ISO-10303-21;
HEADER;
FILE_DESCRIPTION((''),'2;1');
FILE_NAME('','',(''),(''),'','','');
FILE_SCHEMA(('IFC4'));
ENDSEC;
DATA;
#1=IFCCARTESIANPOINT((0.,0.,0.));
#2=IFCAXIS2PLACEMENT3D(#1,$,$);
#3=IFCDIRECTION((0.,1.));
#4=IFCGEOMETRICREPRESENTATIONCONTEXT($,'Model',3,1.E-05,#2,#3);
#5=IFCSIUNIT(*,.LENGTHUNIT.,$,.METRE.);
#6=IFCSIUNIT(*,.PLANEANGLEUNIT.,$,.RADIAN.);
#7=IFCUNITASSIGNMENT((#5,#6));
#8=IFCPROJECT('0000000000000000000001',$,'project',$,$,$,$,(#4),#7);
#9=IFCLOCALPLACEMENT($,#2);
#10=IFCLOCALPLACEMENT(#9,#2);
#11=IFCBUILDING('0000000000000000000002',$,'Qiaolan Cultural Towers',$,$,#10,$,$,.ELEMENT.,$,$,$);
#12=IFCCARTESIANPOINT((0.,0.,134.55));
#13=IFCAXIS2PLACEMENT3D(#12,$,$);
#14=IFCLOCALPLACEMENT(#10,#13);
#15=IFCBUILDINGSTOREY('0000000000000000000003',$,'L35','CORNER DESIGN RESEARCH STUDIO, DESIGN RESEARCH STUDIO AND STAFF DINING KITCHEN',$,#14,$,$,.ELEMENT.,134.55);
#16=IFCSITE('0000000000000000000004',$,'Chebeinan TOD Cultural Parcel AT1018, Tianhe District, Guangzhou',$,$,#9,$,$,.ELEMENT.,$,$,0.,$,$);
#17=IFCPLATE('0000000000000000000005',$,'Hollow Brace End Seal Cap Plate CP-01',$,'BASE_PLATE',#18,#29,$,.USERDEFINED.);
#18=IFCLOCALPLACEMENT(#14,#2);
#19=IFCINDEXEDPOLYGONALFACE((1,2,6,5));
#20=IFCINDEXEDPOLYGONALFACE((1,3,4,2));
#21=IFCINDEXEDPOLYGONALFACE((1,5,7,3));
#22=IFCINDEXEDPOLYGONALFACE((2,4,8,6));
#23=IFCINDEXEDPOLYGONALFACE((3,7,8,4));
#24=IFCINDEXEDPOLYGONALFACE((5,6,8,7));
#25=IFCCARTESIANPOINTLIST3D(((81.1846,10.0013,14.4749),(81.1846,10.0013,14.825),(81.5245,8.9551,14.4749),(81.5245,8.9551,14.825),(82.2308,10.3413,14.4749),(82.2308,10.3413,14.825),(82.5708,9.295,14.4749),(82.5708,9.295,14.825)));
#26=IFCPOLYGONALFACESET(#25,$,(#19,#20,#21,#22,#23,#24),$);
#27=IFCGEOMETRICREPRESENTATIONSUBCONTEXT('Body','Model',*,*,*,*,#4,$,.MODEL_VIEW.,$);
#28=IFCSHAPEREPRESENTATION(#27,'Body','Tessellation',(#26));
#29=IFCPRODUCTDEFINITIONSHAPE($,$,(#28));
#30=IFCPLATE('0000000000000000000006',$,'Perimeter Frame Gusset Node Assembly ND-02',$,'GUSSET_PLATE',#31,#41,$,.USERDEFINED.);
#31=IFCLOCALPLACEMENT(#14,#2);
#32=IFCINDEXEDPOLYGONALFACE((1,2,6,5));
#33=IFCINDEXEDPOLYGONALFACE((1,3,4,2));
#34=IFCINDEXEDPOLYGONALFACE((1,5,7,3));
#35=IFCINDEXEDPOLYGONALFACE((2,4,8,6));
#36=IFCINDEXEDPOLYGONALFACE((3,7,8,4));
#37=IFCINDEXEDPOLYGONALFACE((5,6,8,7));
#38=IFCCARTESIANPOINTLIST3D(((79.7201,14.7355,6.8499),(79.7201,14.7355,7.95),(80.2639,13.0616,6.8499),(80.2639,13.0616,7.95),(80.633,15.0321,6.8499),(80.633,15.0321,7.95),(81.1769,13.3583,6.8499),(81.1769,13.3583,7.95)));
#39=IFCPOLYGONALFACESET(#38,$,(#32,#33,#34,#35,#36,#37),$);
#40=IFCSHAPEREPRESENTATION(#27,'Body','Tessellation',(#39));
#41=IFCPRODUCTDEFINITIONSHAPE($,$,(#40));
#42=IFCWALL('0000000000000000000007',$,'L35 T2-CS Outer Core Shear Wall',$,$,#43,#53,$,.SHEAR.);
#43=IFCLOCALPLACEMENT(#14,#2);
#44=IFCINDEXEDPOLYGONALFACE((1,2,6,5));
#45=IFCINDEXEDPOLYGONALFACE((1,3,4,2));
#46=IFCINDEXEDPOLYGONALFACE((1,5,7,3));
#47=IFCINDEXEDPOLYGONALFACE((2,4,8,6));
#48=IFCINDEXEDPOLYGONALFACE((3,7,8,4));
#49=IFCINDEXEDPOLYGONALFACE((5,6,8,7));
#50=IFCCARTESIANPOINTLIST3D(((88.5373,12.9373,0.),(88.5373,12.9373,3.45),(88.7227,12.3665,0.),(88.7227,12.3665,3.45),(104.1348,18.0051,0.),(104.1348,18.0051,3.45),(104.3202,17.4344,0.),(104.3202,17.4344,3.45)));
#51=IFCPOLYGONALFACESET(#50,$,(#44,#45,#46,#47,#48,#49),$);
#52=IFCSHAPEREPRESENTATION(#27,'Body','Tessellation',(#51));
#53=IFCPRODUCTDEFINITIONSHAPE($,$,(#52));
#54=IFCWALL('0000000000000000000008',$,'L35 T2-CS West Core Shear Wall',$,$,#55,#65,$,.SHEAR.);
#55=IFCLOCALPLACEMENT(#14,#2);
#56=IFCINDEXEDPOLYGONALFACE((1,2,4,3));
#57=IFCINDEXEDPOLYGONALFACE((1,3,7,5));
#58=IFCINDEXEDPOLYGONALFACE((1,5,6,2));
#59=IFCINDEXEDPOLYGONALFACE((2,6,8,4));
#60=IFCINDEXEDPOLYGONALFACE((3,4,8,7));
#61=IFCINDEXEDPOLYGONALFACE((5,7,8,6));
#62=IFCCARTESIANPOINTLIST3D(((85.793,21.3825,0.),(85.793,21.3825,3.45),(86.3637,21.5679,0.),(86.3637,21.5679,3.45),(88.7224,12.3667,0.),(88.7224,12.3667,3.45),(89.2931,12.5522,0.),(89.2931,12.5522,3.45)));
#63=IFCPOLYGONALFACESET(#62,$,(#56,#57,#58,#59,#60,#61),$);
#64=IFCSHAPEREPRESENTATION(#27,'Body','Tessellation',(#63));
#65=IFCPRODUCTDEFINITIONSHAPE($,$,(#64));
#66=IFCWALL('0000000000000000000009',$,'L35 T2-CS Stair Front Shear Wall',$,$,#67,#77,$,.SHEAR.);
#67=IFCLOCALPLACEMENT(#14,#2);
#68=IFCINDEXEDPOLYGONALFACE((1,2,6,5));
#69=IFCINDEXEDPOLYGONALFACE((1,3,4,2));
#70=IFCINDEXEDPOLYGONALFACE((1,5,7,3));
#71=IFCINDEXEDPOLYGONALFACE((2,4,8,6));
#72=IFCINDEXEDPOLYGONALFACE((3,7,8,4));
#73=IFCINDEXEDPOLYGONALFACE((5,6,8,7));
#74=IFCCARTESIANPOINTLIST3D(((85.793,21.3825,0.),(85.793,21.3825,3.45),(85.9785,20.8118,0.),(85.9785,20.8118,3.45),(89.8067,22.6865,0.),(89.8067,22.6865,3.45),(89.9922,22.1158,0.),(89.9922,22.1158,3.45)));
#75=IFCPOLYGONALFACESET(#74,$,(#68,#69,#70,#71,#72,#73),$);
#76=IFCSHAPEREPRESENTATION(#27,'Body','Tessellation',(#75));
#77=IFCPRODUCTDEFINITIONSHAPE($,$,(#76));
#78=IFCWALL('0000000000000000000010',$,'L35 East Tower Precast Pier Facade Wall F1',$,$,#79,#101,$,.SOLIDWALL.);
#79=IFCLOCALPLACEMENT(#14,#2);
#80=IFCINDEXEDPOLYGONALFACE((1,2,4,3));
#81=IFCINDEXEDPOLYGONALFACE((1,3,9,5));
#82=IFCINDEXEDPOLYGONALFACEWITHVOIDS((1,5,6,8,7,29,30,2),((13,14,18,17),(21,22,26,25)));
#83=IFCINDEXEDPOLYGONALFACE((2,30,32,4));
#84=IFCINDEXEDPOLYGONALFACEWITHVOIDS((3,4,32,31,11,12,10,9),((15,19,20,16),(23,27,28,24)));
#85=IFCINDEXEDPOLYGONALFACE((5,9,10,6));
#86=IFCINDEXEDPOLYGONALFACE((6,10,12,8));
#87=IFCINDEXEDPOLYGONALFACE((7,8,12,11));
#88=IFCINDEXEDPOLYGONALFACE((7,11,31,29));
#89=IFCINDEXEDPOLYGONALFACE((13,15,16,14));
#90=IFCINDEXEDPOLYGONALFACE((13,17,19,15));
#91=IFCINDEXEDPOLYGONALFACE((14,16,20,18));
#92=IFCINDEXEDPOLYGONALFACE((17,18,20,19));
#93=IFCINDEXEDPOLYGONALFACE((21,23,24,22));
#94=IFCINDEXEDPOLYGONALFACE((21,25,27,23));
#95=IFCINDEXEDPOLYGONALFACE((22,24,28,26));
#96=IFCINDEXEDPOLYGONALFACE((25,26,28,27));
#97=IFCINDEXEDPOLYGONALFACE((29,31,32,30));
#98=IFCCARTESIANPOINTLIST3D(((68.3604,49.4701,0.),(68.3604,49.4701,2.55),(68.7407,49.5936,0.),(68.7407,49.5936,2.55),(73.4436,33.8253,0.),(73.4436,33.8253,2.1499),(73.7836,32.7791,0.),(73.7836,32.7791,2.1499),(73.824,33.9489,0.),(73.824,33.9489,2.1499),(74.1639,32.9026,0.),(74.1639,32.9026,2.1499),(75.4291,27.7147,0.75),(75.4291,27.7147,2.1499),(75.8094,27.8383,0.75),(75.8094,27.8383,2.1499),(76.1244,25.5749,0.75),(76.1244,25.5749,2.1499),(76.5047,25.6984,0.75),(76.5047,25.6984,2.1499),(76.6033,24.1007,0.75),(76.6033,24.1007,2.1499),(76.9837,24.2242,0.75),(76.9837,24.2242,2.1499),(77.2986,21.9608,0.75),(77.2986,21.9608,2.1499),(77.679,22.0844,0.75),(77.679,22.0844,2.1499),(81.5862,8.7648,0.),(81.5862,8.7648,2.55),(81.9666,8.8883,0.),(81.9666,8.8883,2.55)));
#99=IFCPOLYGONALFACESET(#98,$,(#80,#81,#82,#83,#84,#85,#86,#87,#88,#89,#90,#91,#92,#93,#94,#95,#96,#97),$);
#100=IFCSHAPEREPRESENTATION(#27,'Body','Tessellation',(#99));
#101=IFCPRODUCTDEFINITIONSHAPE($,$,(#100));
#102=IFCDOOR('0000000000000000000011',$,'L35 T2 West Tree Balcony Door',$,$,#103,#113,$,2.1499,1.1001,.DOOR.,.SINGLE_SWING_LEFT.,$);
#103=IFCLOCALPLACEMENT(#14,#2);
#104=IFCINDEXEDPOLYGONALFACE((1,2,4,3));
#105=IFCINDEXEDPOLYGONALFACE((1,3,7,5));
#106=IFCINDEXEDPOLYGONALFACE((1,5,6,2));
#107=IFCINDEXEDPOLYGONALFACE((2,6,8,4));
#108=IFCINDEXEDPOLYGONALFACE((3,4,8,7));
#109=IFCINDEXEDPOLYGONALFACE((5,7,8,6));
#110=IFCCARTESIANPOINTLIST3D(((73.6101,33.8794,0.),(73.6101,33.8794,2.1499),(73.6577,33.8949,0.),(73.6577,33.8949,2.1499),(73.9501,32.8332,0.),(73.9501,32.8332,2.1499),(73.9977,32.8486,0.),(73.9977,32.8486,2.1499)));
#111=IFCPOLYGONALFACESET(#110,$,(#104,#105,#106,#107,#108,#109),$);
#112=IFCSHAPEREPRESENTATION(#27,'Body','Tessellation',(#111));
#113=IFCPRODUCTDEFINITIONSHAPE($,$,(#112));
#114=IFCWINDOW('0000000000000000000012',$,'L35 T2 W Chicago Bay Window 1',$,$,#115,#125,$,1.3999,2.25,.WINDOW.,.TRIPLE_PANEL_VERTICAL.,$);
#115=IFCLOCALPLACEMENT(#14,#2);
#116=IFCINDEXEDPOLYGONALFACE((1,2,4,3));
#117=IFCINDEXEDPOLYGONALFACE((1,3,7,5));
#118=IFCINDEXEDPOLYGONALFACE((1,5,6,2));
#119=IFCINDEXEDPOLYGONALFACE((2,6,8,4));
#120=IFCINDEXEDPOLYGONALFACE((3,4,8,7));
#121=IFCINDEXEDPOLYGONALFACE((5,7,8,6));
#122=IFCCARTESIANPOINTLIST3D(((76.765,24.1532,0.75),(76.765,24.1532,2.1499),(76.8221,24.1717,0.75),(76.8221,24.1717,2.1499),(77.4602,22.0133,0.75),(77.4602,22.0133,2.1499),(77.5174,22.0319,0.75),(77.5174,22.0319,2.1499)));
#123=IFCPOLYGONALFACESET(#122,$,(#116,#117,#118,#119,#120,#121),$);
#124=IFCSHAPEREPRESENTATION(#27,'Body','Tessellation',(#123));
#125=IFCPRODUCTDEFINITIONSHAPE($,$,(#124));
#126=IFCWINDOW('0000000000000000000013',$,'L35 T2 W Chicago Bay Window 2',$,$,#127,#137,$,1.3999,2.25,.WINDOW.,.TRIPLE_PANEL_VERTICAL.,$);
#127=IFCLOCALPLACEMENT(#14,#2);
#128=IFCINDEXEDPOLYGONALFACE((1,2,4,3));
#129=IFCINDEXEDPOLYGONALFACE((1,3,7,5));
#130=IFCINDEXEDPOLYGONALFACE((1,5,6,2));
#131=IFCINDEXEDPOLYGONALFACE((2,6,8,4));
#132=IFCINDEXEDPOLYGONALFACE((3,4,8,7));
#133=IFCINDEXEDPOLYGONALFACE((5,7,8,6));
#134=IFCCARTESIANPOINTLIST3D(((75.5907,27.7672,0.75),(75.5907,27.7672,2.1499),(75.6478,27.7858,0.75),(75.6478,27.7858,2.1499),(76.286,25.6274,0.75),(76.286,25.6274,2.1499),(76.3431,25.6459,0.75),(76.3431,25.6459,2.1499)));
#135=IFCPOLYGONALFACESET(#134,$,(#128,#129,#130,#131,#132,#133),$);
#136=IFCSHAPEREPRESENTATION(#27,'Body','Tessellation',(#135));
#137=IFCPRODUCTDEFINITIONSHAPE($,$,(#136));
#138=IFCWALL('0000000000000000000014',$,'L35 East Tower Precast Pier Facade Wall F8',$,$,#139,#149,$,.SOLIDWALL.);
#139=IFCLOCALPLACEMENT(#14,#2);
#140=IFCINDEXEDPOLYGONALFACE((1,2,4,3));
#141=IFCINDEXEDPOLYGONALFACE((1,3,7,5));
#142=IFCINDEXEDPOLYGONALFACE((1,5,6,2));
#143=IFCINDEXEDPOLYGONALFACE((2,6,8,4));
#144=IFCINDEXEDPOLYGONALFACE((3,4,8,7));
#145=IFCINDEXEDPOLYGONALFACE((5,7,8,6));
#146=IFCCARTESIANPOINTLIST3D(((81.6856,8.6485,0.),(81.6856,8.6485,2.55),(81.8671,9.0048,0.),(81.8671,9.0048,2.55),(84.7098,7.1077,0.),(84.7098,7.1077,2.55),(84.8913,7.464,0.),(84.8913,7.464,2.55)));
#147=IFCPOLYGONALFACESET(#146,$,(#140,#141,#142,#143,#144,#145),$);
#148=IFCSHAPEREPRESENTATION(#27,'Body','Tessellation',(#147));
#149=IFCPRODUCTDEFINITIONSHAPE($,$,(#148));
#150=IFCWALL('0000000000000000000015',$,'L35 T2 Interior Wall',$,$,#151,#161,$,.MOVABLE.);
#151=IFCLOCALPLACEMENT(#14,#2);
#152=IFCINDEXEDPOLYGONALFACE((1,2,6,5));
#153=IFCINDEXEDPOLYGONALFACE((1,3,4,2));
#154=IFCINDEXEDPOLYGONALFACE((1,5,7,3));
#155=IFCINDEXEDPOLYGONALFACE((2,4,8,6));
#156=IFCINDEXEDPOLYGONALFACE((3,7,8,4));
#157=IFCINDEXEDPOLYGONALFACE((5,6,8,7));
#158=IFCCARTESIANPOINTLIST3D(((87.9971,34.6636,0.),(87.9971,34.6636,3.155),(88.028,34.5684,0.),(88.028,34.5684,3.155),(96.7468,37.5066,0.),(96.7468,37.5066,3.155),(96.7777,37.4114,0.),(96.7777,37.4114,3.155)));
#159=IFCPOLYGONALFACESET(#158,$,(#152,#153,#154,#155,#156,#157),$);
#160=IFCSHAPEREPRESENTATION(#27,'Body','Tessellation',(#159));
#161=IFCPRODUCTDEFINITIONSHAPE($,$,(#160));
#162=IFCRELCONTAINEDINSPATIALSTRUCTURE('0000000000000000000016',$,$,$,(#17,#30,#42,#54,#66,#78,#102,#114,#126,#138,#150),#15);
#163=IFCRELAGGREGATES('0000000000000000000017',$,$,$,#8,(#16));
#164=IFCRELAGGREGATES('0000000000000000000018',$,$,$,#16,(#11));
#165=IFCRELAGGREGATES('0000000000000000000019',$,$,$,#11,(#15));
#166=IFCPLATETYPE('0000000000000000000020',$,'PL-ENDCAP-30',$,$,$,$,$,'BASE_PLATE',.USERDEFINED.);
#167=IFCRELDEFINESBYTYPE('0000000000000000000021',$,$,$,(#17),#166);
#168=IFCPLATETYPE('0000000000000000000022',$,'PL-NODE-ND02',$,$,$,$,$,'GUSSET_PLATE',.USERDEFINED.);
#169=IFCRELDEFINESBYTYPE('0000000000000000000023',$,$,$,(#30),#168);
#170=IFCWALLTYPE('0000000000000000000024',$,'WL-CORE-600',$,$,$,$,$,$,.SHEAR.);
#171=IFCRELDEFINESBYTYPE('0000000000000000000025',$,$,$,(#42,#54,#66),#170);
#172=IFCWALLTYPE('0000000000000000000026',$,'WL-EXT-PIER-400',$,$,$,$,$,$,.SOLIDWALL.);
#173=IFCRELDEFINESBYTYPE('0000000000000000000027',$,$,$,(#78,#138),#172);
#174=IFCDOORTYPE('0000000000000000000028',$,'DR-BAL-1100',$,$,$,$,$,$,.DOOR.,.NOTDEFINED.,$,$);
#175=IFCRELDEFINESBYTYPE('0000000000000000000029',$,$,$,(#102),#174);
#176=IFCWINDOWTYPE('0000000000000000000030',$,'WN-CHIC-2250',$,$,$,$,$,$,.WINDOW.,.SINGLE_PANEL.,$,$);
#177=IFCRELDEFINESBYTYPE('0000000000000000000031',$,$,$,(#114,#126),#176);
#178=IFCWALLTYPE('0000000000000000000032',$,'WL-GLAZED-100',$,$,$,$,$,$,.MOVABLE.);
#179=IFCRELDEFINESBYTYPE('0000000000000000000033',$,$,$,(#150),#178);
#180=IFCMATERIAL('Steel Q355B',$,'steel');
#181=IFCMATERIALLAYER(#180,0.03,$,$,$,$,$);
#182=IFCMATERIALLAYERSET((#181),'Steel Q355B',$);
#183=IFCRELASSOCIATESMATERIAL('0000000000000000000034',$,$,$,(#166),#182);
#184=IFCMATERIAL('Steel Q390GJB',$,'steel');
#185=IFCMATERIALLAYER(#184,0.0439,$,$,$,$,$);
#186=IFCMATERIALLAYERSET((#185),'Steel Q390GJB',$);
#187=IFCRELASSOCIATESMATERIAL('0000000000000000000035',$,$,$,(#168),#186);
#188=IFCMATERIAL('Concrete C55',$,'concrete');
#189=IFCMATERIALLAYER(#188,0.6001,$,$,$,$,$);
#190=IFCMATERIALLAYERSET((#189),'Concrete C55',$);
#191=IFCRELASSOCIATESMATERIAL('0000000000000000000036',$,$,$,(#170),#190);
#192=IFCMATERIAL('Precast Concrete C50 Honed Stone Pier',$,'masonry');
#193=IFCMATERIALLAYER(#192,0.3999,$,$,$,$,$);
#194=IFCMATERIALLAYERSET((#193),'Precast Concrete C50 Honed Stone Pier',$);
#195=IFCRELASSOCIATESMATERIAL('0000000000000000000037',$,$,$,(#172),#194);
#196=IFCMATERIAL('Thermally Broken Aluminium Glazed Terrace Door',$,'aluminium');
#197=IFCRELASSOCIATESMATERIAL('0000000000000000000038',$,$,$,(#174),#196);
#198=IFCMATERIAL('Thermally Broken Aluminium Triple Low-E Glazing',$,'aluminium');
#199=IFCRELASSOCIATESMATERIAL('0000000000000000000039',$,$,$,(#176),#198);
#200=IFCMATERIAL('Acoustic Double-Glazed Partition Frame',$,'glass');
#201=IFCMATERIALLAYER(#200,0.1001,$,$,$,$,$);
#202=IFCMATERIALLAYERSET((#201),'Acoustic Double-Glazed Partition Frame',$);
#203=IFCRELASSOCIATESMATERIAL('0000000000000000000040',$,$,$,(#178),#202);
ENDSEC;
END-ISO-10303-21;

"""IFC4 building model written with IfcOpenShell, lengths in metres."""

from ifc_helpers import new_model, si_unit, direction, frame, frame_2d, origin, origin_2d, place, context, subcontext, project, spatial, rectangle, extrude, material, layer, layer_set, type_object, element, fill, save


model = new_model("IFC4")

# Units and contexts
model_context = context("Model", 3, precision=1e-05, world=origin(), true_north=direction((0.0, 1.0)))
body_context = subcontext(model_context, "Body", "Model", "MODEL_VIEW")
ifc_project = project(units=[si_unit("LENGTHUNIT", "METRE"), si_unit("PLANEANGLEUNIT", "RADIAN")], contexts=[model_context])

# Site, building, storey
site_placement = place(None, origin())
site = spatial("IfcSite", under=ifc_project, at=site_placement, Name="Chebeinan TOD Cultural Parcel AT1018, Tianhe District, Guangzhou", CompositionType="ELEMENT", RefElevation=0.0)
building_placement = place(site_placement, origin())
building = spatial("IfcBuilding", under=site, at=building_placement, Name="Qiaolan Cultural Towers", CompositionType="ELEMENT")
storey_placement = place(building_placement, frame((0.0, 0.0, 134.55)))
storey = spatial("IfcBuildingStorey", under=building, at=storey_placement, Name="L35", Description="CORNER DESIGN RESEARCH STUDIO, DESIGN RESEARCH STUDIO AND STAFF DINING KITCHEN", CompositionType="ELEMENT", Elevation=134.55)

# Plates
ifc_material_1 = material(Name="Steel Q355B", Category="steel")
ifc_layer_1 = layer(ifc_material_1, 0.03)
ifc_layer_set_1 = layer_set([ifc_layer_1], Name="Steel Q355B")
plate_type_1 = type_object("IfcPlateType", Name="PL-ENDCAP-30", ElementType="BASE_PLATE", PredefinedType="USERDEFINED", material=ifc_layer_set_1)
for number, where, z_axis, x_axis, name in (
    (1, (81.8777, 9.6482, 14.4749), (0.0, 0.0, 1.0), (-0.309017, 0.951057, 0.0), "Hollow Brace End Seal Cap Plate CP-01"),
):
    element("IfcPlate", number, at=place(storey_placement, frame(where, z_axis=z_axis, x_axis=x_axis)), inside=storey, type_object=plate_type_1, Name=name, ObjectType="BASE_PLATE", PredefinedType="USERDEFINED", context=body_context, shape_type="SweptSolid", body=[
        extrude(rectangle(XDim=1.1001, YDim=1.1001, at=origin_2d()), origin(), (0.0, 0.0, 1.0), 0.3501),
    ])
ifc_material_2 = material(Name="Steel Q390GJB", Category="steel")
ifc_layer_2 = layer(ifc_material_2, 0.0439)
ifc_layer_set_2 = layer_set([ifc_layer_2], Name="Steel Q390GJB")
plate_type_2 = type_object("IfcPlateType", Name="PL-NODE-ND02", ElementType="GUSSET_PLATE", PredefinedType="USERDEFINED", material=ifc_layer_set_2)
plate_placement = place(storey_placement, frame((80.4485, 14.0469, 6.8499), z_axis=(0.0, 0.0, 1.0), x_axis=(-0.309017, 0.951057, 0.0)))
element("IfcPlate", 2, at=plate_placement, inside=storey, type_object=plate_type_2, Name="Perimeter Frame Gusset Node Assembly ND-02", ObjectType="GUSSET_PLATE", PredefinedType="USERDEFINED", context=body_context, shape_type="SweptSolid", body=[
    extrude(rectangle(XDim=1.76, YDim=0.96, at=origin_2d()), origin(), (0.0, 0.0, 1.0), 1.1001),
])

# Walls
ifc_material_3 = material(Name="Concrete C55", Category="concrete")
ifc_layer_3 = layer(ifc_material_3, 0.6001)
ifc_layer_set_3 = layer_set([ifc_layer_3], Name="Concrete C55")
wall_type_1 = type_object("IfcWallType", Name="WL-CORE-600", PredefinedType="SHEAR", material=ifc_layer_set_3)
wall_1_placement = place(storey_placement, frame((88.6299, 12.6519, 0.0), z_axis=(0.0, 0.0, 1.0), x_axis=(0.951057, 0.309015, 0.0)))
element("IfcWall", 3, at=wall_1_placement, inside=storey, type_object=wall_type_1, Name="L35 T2-CS Outer Core Shear Wall", PredefinedType="SHEAR", context=body_context, shape_type="SweptSolid", body=[
    extrude(rectangle(XDim=16.4001, YDim=0.6001, at=frame_2d((8.2002, 0.0))), origin(), (0.0, 0.0, 1.0), 3.45),
])
wall_2_placement = place(storey_placement, frame((86.0784, 21.4751, 0.0), z_axis=(0.0, 0.0, 1.0), x_axis=(0.309018, -0.951056, 0.0)))
element("IfcWall", 4, at=wall_2_placement, inside=storey, type_object=wall_type_1, Name="L35 T2-CS West Core Shear Wall", PredefinedType="SHEAR", context=body_context, shape_type="SweptSolid", body=[
    extrude(rectangle(XDim=9.4797, YDim=0.6001, at=frame_2d((4.7397, 0.0))), origin(), (0.0, 0.0, 1.0), 3.45),
])
wall_3_placement = place(storey_placement, frame((85.8857, 21.0972, 0.0), z_axis=(0.0, 0.0, 1.0), x_axis=(0.951068, 0.308981, 0.0)))
element("IfcWall", 5, at=wall_3_placement, inside=storey, type_object=wall_type_1, Name="L35 T2-CS Stair Front Shear Wall", PredefinedType="SHEAR", context=body_context, shape_type="SweptSolid", body=[
    extrude(rectangle(XDim=4.2202, YDim=0.6001, at=frame_2d((2.1101, 0.0))), origin(), (0.0, 0.0, 1.0), 3.45),
])

# Wall, openings, door, windows
ifc_material_4 = material(Name="Precast Concrete C50 Honed Stone Pier", Category="masonry")
ifc_layer_4 = layer(ifc_material_4, 0.3999)
ifc_layer_set_4 = layer_set([ifc_layer_4], Name="Precast Concrete C50 Honed Stone Pier")
wall_type_2 = type_object("IfcWallType", Name="WL-EXT-PIER-400", PredefinedType="SOLIDWALL", material=ifc_layer_set_4)
wall_4_placement = place(storey_placement, frame((81.7764, 8.8267, 0.0), z_axis=(0.0, 0.0, 1.0), x_axis=(-0.309014, 0.951057, 0.0)))
wall_4 = element("IfcWall", 6, at=wall_4_placement, inside=storey, type_object=wall_type_2, Name="L35 East Tower Precast Pier Facade Wall F1", PredefinedType="SOLIDWALL", context=body_context, shape_type="SweptSolid", body=[
    extrude(rectangle(XDim=42.8, YDim=0.3999, at=frame_2d((21.3999, 0.0))), origin(), (0.0, 0.0, 1.0), 2.55),
])
opening_1_placement = place(wall_4_placement, frame((13.875, 0.0, 0.75)))
opening_1 = element("IfcOpeningElement", 7, at=opening_1_placement, cuts=wall_4, PredefinedType="OPENING", context=body_context, shape_type="SweptSolid", body=[
    extrude(rectangle(XDim=2.25, YDim=1.3999, at=frame_2d((1.125, 0.7))), frame((0.0, 0.21, 0.0), z_axis=(0.0, -1.0, 0.0), x_axis=(1.0, 0.0, 0.0)), (0.0, 0.0, 1.0), 0.4199),
])
opening_2_placement = place(wall_4_placement, frame((17.675, 0.0, 0.75)))
opening_2 = element("IfcOpeningElement", 8, at=opening_2_placement, cuts=wall_4, PredefinedType="OPENING", context=body_context, shape_type="SweptSolid", body=[
    extrude(rectangle(XDim=2.25, YDim=1.3999, at=frame_2d((1.125, 0.7))), frame((0.0, 0.21, 0.0), z_axis=(0.0, -1.0, 0.0), x_axis=(1.0, 0.0, 0.0)), (0.0, 0.0, 1.0), 0.4199),
])
opening_3_placement = place(wall_4_placement, frame((25.25, 0.0, 0.0)))
opening_3 = element("IfcOpeningElement", 9, at=opening_3_placement, cuts=wall_4, PredefinedType="OPENING", context=body_context, shape_type="SweptSolid", body=[
    extrude(rectangle(XDim=1.1001, YDim=2.1499, at=frame_2d((0.55, 1.075))), frame((0.0, 0.21, 0.0), z_axis=(0.0, -1.0, 0.0), x_axis=(1.0, 0.0, 0.0)), (0.0, 0.0, 1.0), 0.4199),
])
ifc_material_5 = material(Name="Thermally Broken Aluminium Glazed Terrace Door", Category="aluminium")
door_type = type_object("IfcDoorType", Name="DR-BAL-1100", OperationType="NOTDEFINED", PredefinedType="DOOR", material=ifc_material_5)
door_placement = place(opening_3_placement, origin())
door = element("IfcDoor", 10, at=door_placement, inside=storey, type_object=door_type, Name="L35 T2 West Tree Balcony Door", OperationType="SINGLE_SWING_LEFT", OverallHeight=2.1499, OverallWidth=1.1001, PredefinedType="DOOR", context=body_context, shape_type="SweptSolid", body=[
    extrude(rectangle(XDim=1.1001, YDim=2.1499, at=frame_2d((0.55, 1.075))), frame((0.0, 0.0249, 0.0), z_axis=(0.0, -1.0, 0.0), x_axis=(1.0, 0.0, 0.0)), (0.0, 0.0, 1.0), 0.05),
])
fill(opening_3, door)
ifc_material_6 = material(Name="Thermally Broken Aluminium Triple Low-E Glazing", Category="aluminium")
window_type = type_object("IfcWindowType", Name="WN-CHIC-2250", PartitioningType="SINGLE_PANEL", PredefinedType="WINDOW", material=ifc_material_6)
window_1_placement = place(opening_1_placement, origin())
window_1 = element("IfcWindow", 11, at=window_1_placement, inside=storey, type_object=window_type, Name="L35 T2 W Chicago Bay Window 1", OverallHeight=1.3999, OverallWidth=2.25, PartitioningType="TRIPLE_PANEL_VERTICAL", PredefinedType="WINDOW", context=body_context, shape_type="SweptSolid", body=[
    extrude(rectangle(XDim=2.25, YDim=1.3999, at=frame_2d((1.125, 0.7))), frame((0.0, 0.03, 0.0), z_axis=(0.0, -1.0, 0.0), x_axis=(1.0, 0.0, 0.0)), (0.0, 0.0, 1.0), 0.0601),
])
fill(opening_1, window_1)
window_2_placement = place(opening_2_placement, origin())
window_2 = element("IfcWindow", 12, at=window_2_placement, inside=storey, type_object=window_type, Name="L35 T2 W Chicago Bay Window 2", OverallHeight=1.3999, OverallWidth=2.25, PartitioningType="TRIPLE_PANEL_VERTICAL", PredefinedType="WINDOW", context=body_context, shape_type="SweptSolid", body=[
    extrude(rectangle(XDim=2.25, YDim=1.3999, at=frame_2d((1.125, 0.7))), frame((0.0, 0.03, 0.0), z_axis=(0.0, -1.0, 0.0), x_axis=(1.0, 0.0, 0.0)), (0.0, 0.0, 1.0), 0.0601),
])
fill(opening_2, window_2)

# Walls
wall_5_placement = place(storey_placement, frame((84.8005, 7.2859, 0.0), z_axis=(0.0, 0.0, 1.0), x_axis=(-0.891021, 0.453962, 0.0)))
element("IfcWall", 13, at=wall_5_placement, inside=storey, type_object=wall_type_2, Name="L35 East Tower Precast Pier Facade Wall F8", PredefinedType="SOLIDWALL", context=body_context, shape_type="SweptSolid", body=[
    extrude(rectangle(XDim=3.394, YDim=0.3999, at=frame_2d((1.697, 0.0))), origin(), (0.0, 0.0, 1.0), 2.55),
])
ifc_material_7 = material(Name="Acoustic Double-Glazed Partition Frame", Category="glass")
ifc_layer_5 = layer(ifc_material_7, 0.1001)
ifc_layer_set_5 = layer_set([ifc_layer_5], Name="Acoustic Double-Glazed Partition Frame")
wall_type_3 = type_object("IfcWallType", Name="WL-GLAZED-100", PredefinedType="MOVABLE", material=ifc_layer_set_5)
wall_6_placement = place(storey_placement, frame((88.0125, 34.616, 0.0), z_axis=(0.0, 0.0, 1.0), x_axis=(0.951055, 0.309022, 0.0)))
element("IfcWall", 14, at=wall_6_placement, inside=storey, type_object=wall_type_3, Name="L35 T2 Interior Wall", PredefinedType="MOVABLE", context=body_context, shape_type="SweptSolid", body=[
    extrude(rectangle(XDim=9.2, YDim=0.1001, at=frame_2d((4.6001, 0.0))), origin(), (0.0, 0.0, 1.0), 3.155),
])

save(model, "model.ifc")
